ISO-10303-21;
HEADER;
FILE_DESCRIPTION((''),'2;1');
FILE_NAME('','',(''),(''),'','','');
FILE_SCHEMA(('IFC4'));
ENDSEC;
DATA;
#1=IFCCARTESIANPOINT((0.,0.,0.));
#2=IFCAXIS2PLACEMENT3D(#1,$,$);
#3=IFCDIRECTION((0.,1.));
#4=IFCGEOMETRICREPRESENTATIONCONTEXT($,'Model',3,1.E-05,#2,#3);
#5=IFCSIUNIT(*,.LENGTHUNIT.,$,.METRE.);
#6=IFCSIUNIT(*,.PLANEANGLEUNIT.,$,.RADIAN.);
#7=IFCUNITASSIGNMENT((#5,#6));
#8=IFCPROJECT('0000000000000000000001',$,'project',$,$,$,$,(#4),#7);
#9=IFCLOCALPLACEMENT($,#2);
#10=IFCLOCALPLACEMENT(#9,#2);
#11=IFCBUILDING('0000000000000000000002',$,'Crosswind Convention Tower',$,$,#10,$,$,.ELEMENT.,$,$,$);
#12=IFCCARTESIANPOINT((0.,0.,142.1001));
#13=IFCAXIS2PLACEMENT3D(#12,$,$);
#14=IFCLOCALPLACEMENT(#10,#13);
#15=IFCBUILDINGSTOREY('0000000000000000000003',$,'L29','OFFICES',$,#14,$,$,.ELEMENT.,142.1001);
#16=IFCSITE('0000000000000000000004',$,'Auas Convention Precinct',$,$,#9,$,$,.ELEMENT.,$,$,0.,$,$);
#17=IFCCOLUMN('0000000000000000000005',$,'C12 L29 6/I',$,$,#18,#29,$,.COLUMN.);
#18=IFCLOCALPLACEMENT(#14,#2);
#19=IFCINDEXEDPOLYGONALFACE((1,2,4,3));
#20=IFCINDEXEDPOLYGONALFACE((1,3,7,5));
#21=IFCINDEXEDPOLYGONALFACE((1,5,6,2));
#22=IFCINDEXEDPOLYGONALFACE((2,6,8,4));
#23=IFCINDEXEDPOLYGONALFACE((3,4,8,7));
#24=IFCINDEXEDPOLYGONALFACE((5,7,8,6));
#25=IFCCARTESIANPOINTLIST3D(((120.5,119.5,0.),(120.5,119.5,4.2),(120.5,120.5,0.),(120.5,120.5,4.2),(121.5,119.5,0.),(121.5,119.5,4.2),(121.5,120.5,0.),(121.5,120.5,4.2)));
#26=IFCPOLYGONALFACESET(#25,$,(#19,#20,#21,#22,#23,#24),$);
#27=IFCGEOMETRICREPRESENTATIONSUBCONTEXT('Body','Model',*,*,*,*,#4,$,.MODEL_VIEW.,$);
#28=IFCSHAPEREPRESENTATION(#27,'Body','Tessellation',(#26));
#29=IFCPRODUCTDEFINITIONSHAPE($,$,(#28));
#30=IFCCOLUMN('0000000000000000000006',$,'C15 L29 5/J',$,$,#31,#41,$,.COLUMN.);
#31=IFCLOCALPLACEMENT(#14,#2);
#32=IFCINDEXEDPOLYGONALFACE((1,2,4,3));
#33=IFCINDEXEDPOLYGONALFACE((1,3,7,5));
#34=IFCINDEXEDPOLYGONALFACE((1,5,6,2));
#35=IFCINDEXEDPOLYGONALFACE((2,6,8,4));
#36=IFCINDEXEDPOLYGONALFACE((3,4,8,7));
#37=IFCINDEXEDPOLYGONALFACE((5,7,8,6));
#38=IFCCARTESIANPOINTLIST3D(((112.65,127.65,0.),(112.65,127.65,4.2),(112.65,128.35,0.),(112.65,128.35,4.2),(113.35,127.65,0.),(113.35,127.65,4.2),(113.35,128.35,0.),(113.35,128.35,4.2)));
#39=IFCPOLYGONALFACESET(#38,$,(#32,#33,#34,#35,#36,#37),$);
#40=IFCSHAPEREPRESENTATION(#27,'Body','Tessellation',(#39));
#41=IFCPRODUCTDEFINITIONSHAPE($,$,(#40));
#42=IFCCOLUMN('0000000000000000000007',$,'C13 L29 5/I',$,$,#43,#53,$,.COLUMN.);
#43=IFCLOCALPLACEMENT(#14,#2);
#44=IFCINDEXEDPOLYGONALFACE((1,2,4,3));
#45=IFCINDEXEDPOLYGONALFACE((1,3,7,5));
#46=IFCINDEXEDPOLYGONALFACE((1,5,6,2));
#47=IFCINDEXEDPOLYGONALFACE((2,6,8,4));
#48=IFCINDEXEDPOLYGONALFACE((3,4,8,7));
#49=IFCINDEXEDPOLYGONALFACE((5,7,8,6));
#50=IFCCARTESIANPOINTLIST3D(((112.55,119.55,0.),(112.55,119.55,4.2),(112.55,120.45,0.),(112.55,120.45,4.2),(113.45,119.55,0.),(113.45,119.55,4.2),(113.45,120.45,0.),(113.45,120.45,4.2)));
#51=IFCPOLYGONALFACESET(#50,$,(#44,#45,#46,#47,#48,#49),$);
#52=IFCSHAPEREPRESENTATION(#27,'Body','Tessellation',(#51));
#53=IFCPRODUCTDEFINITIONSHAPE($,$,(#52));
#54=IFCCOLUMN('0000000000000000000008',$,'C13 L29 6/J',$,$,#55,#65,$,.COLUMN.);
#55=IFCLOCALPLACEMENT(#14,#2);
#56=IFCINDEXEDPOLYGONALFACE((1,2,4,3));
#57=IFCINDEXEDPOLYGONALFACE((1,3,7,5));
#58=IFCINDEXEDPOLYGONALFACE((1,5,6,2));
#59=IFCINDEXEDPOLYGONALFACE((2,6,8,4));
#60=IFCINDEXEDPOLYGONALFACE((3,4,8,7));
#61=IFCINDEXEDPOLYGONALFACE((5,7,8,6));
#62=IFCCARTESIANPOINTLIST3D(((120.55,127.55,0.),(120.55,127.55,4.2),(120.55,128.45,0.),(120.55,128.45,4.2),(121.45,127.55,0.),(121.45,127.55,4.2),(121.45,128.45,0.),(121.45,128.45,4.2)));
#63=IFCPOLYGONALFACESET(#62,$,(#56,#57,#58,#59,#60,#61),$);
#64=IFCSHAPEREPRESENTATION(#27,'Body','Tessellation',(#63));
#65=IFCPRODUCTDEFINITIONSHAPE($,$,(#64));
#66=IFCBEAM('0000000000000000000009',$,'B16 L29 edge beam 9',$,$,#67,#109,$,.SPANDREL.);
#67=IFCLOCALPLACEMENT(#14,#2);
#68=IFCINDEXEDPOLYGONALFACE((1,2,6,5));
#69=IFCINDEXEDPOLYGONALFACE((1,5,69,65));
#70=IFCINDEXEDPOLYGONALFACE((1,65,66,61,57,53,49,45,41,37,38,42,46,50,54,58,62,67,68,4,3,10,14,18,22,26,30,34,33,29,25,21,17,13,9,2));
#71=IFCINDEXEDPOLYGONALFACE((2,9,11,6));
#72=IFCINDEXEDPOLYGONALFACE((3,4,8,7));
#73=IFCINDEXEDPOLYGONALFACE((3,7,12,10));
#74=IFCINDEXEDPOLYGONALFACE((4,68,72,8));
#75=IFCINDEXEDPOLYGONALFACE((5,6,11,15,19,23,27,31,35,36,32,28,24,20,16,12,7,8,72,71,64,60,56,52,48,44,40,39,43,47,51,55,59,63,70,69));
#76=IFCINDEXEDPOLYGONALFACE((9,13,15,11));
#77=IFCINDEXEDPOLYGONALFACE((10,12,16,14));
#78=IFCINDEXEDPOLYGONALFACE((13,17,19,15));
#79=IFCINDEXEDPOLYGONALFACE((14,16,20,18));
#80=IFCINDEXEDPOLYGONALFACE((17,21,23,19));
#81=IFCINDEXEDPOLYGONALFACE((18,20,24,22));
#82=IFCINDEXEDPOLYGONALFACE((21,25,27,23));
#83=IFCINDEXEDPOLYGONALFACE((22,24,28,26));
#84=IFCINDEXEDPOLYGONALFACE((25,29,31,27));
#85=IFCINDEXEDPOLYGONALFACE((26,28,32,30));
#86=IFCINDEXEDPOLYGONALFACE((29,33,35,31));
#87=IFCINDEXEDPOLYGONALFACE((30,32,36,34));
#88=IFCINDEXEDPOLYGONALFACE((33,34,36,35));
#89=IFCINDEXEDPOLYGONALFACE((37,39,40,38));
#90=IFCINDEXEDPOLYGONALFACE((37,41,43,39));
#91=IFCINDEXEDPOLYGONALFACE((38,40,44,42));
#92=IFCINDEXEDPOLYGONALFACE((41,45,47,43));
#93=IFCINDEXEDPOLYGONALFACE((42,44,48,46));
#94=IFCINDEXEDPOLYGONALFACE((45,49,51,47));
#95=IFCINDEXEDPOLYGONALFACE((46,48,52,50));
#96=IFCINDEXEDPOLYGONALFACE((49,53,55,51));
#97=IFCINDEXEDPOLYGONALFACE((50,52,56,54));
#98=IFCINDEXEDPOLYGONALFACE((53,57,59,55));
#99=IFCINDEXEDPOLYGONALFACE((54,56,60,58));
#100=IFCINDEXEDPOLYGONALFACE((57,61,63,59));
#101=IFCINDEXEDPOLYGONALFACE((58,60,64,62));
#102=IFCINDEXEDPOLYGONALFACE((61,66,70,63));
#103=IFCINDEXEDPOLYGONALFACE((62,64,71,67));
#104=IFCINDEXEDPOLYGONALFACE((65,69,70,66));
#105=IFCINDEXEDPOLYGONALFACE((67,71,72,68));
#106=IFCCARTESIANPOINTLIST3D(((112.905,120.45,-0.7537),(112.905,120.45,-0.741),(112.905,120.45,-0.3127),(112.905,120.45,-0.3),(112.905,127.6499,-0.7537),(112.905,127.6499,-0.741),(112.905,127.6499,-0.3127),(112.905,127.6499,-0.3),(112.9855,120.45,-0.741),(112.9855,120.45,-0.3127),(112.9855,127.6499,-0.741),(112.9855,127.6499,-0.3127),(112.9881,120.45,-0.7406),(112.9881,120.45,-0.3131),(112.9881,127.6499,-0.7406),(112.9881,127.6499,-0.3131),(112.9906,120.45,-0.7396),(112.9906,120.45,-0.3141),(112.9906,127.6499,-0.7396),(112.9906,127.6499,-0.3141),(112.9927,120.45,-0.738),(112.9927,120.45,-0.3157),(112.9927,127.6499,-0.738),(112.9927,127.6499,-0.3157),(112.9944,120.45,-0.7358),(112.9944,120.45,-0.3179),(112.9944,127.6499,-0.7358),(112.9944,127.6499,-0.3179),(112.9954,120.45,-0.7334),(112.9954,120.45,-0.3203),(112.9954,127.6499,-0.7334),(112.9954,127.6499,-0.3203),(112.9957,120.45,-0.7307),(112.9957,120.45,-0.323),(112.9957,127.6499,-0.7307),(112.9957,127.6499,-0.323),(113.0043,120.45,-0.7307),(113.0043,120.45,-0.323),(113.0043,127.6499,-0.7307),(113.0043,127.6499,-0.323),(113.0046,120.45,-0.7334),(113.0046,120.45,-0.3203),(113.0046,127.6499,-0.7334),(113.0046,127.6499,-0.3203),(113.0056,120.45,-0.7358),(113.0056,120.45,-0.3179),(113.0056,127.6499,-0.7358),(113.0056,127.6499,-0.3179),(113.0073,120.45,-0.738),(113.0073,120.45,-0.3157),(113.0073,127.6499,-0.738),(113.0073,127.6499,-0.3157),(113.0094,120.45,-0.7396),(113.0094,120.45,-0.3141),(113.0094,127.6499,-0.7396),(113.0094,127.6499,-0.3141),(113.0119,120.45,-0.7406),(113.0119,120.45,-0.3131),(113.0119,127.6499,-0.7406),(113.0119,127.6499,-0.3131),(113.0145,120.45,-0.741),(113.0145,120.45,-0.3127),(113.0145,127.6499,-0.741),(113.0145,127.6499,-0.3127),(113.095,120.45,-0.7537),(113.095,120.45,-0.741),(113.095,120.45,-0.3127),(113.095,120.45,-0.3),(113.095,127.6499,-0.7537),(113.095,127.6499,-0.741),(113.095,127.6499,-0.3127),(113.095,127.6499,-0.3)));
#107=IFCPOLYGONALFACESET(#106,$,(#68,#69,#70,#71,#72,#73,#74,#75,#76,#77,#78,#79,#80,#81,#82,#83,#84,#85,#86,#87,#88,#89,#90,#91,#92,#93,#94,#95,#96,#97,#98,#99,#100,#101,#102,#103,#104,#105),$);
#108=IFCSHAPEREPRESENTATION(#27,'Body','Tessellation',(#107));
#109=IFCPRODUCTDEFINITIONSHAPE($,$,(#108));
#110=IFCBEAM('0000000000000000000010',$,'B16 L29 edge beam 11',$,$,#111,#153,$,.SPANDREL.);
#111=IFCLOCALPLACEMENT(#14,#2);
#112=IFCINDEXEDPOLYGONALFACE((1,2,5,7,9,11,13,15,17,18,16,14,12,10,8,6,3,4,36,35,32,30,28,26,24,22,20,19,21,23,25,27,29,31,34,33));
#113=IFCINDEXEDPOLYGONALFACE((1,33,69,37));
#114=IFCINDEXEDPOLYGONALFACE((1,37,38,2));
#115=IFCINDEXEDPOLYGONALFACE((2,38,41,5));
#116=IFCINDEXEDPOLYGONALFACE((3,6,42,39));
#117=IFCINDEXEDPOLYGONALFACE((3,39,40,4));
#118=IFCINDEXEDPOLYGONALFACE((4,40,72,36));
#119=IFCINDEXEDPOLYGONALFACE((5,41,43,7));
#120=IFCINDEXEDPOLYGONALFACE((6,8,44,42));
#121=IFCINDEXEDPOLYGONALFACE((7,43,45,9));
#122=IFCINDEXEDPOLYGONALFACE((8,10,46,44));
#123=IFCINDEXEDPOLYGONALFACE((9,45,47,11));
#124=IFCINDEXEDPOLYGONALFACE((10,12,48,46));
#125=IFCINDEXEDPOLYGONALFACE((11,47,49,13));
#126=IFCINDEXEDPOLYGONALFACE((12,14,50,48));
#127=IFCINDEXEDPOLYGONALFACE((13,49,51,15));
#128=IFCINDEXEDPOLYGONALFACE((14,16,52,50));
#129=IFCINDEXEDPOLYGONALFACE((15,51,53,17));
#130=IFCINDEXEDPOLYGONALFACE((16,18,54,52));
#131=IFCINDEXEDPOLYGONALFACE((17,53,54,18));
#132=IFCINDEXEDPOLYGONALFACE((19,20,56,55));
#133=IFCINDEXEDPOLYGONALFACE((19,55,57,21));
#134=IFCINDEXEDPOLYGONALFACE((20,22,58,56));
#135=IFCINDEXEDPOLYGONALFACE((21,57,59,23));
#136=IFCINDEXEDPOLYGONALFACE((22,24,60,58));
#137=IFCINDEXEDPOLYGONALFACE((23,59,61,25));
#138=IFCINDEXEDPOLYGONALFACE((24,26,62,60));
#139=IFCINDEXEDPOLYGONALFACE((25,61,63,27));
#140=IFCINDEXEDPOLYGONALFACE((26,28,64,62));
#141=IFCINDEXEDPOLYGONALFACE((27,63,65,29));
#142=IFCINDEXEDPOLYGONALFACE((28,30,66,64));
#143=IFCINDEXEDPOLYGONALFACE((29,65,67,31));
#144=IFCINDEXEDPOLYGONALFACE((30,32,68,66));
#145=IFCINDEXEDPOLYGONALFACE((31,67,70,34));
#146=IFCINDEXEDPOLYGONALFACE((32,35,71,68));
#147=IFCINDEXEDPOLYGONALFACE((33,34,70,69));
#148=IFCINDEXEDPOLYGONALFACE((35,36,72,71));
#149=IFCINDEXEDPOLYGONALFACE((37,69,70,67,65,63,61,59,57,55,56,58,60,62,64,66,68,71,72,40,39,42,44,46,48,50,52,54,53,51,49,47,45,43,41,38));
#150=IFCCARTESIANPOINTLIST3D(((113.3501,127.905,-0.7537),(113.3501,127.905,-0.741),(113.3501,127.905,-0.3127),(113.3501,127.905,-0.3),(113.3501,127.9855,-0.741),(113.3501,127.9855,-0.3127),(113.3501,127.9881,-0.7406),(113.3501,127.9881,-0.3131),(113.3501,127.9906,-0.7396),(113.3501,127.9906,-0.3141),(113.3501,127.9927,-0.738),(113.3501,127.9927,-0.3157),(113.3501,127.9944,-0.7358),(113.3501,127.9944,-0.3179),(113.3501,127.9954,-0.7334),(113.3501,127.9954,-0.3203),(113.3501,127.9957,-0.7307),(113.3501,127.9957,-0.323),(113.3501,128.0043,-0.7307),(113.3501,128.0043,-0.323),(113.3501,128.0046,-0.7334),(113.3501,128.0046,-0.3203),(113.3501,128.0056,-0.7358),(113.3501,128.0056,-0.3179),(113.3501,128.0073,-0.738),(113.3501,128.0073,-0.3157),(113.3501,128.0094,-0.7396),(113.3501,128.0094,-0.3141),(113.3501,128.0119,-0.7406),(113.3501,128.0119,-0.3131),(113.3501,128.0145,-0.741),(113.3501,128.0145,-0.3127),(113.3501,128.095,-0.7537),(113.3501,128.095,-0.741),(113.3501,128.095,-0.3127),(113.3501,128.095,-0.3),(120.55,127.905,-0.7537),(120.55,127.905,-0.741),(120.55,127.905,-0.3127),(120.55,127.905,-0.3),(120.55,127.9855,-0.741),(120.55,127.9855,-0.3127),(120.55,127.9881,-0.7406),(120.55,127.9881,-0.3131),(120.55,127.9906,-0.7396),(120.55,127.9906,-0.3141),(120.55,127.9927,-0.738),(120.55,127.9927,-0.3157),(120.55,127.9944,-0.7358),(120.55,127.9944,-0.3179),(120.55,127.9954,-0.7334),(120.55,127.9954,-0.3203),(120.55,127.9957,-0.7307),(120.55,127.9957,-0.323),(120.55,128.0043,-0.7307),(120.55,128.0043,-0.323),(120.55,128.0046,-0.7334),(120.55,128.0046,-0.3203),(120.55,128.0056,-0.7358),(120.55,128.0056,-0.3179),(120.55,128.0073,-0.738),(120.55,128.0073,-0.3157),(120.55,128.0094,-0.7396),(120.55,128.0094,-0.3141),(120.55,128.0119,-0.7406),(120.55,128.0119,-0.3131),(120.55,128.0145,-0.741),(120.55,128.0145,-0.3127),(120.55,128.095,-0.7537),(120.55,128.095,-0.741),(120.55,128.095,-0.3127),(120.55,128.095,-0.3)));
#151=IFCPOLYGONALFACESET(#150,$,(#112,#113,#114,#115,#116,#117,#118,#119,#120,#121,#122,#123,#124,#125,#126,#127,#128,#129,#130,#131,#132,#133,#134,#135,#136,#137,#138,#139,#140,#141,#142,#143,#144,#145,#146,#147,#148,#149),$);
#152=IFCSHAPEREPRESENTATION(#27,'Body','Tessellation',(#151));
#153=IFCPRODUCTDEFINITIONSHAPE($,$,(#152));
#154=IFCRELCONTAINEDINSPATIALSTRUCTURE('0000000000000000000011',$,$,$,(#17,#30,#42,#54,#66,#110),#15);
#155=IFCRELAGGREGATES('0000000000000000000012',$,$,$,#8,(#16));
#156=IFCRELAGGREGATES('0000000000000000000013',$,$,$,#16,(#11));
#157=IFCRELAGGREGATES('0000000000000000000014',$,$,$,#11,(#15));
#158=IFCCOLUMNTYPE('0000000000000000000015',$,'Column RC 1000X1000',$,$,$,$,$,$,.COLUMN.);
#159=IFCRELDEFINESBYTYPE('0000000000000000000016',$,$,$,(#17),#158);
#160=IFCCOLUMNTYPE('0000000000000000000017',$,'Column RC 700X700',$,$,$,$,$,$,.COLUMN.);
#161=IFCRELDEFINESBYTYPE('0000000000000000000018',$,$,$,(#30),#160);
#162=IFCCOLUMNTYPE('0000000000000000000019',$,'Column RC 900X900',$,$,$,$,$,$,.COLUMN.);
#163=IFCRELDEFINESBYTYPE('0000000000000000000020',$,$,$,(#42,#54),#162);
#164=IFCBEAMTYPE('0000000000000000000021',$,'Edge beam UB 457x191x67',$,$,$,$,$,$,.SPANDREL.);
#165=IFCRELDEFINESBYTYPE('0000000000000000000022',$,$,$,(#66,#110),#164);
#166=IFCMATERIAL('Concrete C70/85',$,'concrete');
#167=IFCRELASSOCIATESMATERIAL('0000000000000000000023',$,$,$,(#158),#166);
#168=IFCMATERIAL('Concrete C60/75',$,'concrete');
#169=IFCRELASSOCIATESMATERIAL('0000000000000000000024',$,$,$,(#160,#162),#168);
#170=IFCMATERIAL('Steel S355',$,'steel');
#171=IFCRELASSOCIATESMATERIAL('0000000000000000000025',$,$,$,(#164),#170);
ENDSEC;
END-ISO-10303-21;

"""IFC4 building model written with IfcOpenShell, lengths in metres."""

from ifc_helpers import new_model, si_unit, direction, frame, origin, origin_2d, place, context, subcontext, project, spatial, rectangle, i_section, extrude, material, material_profile, profile_set, type_object, element, save


model = new_model("IFC4")

# Units and contexts
model_context = context("Model", 3, precision=1e-05, world=origin(), true_north=direction((0.0, 1.0)))
body_context = subcontext(model_context, "Body", "Model", "MODEL_VIEW")
ifc_project = project(units=[si_unit("LENGTHUNIT", "METRE"), si_unit("PLANEANGLEUNIT", "RADIAN")], contexts=[model_context])

# Site, building, storey
site_placement = place(None, origin())
site = spatial("IfcSite", under=ifc_project, at=site_placement, Name="Auas Convention Precinct", CompositionType="ELEMENT", RefElevation=0.0)
building_placement = place(site_placement, origin())
building = spatial("IfcBuilding", under=site, at=building_placement, Name="Crosswind Convention Tower", CompositionType="ELEMENT")
storey_placement = place(building_placement, frame((0.0, 0.0, 142.1001)))
storey = spatial("IfcBuildingStorey", under=building, at=storey_placement, Name="L29", Description="OFFICES", CompositionType="ELEMENT", Elevation=142.1001)

# Columns
ifc_material_1 = material(Name="Concrete C70/85", Category="concrete")
ifc_material_profile_1 = material_profile(ifc_material_1, rectangle(XDim=1.0, YDim=1.0, at=origin_2d()), Name="RC 1000X1000")
ifc_profile_set_1 = profile_set([ifc_material_profile_1], Name="Concrete C70/85")
column_type_1 = type_object("IfcColumnType", Name="Column RC 1000X1000", PredefinedType="COLUMN", material=ifc_profile_set_1)
column_1_placement = place(storey_placement, frame((121.0, 120.0, 0.0), z_axis=(0.0, 0.0, 1.0), x_axis=(1.0, 0.0, 0.0)))
element("IfcColumn", 1, at=column_1_placement, inside=storey, type_object=column_type_1, Name="C12 L29 6/I", PredefinedType="COLUMN", context=body_context, shape_type="SweptSolid", body=[
    extrude(rectangle(XDim=1.0, YDim=1.0, at=origin_2d()), origin(), (0.0, 0.0, 1.0), 4.2),
])
ifc_material_2 = material(Name="Concrete C60/75", Category="concrete")
ifc_material_profile_2 = material_profile(ifc_material_2, rectangle(XDim=0.7, YDim=0.7, at=origin_2d()), Name="RC 700X700")
ifc_profile_set_2 = profile_set([ifc_material_profile_2], Name="Concrete C60/75")
column_type_2 = type_object("IfcColumnType", Name="Column RC 700X700", PredefinedType="COLUMN", material=ifc_profile_set_2)
column_2_placement = place(storey_placement, frame((113.0, 128.0, 0.0), z_axis=(0.0, 0.0, 1.0), x_axis=(1.0, 0.0, 0.0)))
element("IfcColumn", 2, at=column_2_placement, inside=storey, type_object=column_type_2, Name="C15 L29 5/J", PredefinedType="COLUMN", context=body_context, shape_type="SweptSolid", body=[
    extrude(rectangle(XDim=0.7, YDim=0.7, at=origin_2d()), origin(), (0.0, 0.0, 1.0), 4.2),
])
ifc_material_profile_3 = material_profile(ifc_material_2, rectangle(XDim=0.8999, YDim=0.8999, at=origin_2d()), Name="RC 900X900")
ifc_profile_set_3 = profile_set([ifc_material_profile_3], Name="Concrete C60/75")
column_type_3 = type_object("IfcColumnType", Name="Column RC 900X900", PredefinedType="COLUMN", material=ifc_profile_set_3)
for number, where, z_axis, x_axis, name in (
    (3, (113.0, 120.0, 0.0), (0.0, 0.0, 1.0), (1.0, 0.0, 0.0), "C13 L29 5/I"),
    (4, (121.0, 128.0, 0.0), (0.0, 0.0, 1.0), (1.0, 0.0, 0.0), "C13 L29 6/J"),
):
    element("IfcColumn", number, at=place(storey_placement, frame(where, z_axis=z_axis, x_axis=x_axis)), inside=storey, type_object=column_type_3, Name=name, PredefinedType="COLUMN", context=body_context, shape_type="SweptSolid", body=[
        extrude(rectangle(XDim=0.8999, YDim=0.8999, at=origin_2d()), origin(), (0.0, 0.0, 1.0), 4.2),
    ])

# Beams
ifc_material_3 = material(Name="Steel S355", Category="steel")
ifc_material_profile_4 = material_profile(ifc_material_3, i_section(OverallWidth=0.1899, OverallDepth=0.4536, WebThickness=0.0085, FlangeThickness=0.0127, FilletRadius=0.0103, at=origin_2d()), Name="UB 457x191x67")
ifc_profile_set_4 = profile_set([ifc_material_profile_4], Name="Steel S355")
beam_type_1 = type_object("IfcBeamType", Name="Edge beam UB 457x191x67", PredefinedType="SPANDREL", material=ifc_profile_set_4)
for number, where, z_axis, x_axis, name in (
    (5, (113.0, 120.45, -0.5269), (0.0, 1.0, 0.0), (-1.0, 0.0, 0.0), "B16 L29 edge beam 9"),
    (6, (113.3501, 128.0, -0.5269), (1.0, 0.0, 0.0), (0.0, 1.0, 0.0), "B16 L29 edge beam 11"),
):
    element("IfcBeam", number, at=place(storey_placement, frame(where, z_axis=z_axis, x_axis=x_axis)), inside=storey, type_object=beam_type_1, Name=name, PredefinedType="SPANDREL", context=body_context, shape_type="SweptSolid", body=[
        extrude(i_section(OverallWidth=0.1899, OverallDepth=0.4536, WebThickness=0.0085, FlangeThickness=0.0127, FilletRadius=0.0103, at=origin_2d()), origin(), (0.0, 0.0, 1.0), 7.2),
    ])

save(model, "model.ifc")
